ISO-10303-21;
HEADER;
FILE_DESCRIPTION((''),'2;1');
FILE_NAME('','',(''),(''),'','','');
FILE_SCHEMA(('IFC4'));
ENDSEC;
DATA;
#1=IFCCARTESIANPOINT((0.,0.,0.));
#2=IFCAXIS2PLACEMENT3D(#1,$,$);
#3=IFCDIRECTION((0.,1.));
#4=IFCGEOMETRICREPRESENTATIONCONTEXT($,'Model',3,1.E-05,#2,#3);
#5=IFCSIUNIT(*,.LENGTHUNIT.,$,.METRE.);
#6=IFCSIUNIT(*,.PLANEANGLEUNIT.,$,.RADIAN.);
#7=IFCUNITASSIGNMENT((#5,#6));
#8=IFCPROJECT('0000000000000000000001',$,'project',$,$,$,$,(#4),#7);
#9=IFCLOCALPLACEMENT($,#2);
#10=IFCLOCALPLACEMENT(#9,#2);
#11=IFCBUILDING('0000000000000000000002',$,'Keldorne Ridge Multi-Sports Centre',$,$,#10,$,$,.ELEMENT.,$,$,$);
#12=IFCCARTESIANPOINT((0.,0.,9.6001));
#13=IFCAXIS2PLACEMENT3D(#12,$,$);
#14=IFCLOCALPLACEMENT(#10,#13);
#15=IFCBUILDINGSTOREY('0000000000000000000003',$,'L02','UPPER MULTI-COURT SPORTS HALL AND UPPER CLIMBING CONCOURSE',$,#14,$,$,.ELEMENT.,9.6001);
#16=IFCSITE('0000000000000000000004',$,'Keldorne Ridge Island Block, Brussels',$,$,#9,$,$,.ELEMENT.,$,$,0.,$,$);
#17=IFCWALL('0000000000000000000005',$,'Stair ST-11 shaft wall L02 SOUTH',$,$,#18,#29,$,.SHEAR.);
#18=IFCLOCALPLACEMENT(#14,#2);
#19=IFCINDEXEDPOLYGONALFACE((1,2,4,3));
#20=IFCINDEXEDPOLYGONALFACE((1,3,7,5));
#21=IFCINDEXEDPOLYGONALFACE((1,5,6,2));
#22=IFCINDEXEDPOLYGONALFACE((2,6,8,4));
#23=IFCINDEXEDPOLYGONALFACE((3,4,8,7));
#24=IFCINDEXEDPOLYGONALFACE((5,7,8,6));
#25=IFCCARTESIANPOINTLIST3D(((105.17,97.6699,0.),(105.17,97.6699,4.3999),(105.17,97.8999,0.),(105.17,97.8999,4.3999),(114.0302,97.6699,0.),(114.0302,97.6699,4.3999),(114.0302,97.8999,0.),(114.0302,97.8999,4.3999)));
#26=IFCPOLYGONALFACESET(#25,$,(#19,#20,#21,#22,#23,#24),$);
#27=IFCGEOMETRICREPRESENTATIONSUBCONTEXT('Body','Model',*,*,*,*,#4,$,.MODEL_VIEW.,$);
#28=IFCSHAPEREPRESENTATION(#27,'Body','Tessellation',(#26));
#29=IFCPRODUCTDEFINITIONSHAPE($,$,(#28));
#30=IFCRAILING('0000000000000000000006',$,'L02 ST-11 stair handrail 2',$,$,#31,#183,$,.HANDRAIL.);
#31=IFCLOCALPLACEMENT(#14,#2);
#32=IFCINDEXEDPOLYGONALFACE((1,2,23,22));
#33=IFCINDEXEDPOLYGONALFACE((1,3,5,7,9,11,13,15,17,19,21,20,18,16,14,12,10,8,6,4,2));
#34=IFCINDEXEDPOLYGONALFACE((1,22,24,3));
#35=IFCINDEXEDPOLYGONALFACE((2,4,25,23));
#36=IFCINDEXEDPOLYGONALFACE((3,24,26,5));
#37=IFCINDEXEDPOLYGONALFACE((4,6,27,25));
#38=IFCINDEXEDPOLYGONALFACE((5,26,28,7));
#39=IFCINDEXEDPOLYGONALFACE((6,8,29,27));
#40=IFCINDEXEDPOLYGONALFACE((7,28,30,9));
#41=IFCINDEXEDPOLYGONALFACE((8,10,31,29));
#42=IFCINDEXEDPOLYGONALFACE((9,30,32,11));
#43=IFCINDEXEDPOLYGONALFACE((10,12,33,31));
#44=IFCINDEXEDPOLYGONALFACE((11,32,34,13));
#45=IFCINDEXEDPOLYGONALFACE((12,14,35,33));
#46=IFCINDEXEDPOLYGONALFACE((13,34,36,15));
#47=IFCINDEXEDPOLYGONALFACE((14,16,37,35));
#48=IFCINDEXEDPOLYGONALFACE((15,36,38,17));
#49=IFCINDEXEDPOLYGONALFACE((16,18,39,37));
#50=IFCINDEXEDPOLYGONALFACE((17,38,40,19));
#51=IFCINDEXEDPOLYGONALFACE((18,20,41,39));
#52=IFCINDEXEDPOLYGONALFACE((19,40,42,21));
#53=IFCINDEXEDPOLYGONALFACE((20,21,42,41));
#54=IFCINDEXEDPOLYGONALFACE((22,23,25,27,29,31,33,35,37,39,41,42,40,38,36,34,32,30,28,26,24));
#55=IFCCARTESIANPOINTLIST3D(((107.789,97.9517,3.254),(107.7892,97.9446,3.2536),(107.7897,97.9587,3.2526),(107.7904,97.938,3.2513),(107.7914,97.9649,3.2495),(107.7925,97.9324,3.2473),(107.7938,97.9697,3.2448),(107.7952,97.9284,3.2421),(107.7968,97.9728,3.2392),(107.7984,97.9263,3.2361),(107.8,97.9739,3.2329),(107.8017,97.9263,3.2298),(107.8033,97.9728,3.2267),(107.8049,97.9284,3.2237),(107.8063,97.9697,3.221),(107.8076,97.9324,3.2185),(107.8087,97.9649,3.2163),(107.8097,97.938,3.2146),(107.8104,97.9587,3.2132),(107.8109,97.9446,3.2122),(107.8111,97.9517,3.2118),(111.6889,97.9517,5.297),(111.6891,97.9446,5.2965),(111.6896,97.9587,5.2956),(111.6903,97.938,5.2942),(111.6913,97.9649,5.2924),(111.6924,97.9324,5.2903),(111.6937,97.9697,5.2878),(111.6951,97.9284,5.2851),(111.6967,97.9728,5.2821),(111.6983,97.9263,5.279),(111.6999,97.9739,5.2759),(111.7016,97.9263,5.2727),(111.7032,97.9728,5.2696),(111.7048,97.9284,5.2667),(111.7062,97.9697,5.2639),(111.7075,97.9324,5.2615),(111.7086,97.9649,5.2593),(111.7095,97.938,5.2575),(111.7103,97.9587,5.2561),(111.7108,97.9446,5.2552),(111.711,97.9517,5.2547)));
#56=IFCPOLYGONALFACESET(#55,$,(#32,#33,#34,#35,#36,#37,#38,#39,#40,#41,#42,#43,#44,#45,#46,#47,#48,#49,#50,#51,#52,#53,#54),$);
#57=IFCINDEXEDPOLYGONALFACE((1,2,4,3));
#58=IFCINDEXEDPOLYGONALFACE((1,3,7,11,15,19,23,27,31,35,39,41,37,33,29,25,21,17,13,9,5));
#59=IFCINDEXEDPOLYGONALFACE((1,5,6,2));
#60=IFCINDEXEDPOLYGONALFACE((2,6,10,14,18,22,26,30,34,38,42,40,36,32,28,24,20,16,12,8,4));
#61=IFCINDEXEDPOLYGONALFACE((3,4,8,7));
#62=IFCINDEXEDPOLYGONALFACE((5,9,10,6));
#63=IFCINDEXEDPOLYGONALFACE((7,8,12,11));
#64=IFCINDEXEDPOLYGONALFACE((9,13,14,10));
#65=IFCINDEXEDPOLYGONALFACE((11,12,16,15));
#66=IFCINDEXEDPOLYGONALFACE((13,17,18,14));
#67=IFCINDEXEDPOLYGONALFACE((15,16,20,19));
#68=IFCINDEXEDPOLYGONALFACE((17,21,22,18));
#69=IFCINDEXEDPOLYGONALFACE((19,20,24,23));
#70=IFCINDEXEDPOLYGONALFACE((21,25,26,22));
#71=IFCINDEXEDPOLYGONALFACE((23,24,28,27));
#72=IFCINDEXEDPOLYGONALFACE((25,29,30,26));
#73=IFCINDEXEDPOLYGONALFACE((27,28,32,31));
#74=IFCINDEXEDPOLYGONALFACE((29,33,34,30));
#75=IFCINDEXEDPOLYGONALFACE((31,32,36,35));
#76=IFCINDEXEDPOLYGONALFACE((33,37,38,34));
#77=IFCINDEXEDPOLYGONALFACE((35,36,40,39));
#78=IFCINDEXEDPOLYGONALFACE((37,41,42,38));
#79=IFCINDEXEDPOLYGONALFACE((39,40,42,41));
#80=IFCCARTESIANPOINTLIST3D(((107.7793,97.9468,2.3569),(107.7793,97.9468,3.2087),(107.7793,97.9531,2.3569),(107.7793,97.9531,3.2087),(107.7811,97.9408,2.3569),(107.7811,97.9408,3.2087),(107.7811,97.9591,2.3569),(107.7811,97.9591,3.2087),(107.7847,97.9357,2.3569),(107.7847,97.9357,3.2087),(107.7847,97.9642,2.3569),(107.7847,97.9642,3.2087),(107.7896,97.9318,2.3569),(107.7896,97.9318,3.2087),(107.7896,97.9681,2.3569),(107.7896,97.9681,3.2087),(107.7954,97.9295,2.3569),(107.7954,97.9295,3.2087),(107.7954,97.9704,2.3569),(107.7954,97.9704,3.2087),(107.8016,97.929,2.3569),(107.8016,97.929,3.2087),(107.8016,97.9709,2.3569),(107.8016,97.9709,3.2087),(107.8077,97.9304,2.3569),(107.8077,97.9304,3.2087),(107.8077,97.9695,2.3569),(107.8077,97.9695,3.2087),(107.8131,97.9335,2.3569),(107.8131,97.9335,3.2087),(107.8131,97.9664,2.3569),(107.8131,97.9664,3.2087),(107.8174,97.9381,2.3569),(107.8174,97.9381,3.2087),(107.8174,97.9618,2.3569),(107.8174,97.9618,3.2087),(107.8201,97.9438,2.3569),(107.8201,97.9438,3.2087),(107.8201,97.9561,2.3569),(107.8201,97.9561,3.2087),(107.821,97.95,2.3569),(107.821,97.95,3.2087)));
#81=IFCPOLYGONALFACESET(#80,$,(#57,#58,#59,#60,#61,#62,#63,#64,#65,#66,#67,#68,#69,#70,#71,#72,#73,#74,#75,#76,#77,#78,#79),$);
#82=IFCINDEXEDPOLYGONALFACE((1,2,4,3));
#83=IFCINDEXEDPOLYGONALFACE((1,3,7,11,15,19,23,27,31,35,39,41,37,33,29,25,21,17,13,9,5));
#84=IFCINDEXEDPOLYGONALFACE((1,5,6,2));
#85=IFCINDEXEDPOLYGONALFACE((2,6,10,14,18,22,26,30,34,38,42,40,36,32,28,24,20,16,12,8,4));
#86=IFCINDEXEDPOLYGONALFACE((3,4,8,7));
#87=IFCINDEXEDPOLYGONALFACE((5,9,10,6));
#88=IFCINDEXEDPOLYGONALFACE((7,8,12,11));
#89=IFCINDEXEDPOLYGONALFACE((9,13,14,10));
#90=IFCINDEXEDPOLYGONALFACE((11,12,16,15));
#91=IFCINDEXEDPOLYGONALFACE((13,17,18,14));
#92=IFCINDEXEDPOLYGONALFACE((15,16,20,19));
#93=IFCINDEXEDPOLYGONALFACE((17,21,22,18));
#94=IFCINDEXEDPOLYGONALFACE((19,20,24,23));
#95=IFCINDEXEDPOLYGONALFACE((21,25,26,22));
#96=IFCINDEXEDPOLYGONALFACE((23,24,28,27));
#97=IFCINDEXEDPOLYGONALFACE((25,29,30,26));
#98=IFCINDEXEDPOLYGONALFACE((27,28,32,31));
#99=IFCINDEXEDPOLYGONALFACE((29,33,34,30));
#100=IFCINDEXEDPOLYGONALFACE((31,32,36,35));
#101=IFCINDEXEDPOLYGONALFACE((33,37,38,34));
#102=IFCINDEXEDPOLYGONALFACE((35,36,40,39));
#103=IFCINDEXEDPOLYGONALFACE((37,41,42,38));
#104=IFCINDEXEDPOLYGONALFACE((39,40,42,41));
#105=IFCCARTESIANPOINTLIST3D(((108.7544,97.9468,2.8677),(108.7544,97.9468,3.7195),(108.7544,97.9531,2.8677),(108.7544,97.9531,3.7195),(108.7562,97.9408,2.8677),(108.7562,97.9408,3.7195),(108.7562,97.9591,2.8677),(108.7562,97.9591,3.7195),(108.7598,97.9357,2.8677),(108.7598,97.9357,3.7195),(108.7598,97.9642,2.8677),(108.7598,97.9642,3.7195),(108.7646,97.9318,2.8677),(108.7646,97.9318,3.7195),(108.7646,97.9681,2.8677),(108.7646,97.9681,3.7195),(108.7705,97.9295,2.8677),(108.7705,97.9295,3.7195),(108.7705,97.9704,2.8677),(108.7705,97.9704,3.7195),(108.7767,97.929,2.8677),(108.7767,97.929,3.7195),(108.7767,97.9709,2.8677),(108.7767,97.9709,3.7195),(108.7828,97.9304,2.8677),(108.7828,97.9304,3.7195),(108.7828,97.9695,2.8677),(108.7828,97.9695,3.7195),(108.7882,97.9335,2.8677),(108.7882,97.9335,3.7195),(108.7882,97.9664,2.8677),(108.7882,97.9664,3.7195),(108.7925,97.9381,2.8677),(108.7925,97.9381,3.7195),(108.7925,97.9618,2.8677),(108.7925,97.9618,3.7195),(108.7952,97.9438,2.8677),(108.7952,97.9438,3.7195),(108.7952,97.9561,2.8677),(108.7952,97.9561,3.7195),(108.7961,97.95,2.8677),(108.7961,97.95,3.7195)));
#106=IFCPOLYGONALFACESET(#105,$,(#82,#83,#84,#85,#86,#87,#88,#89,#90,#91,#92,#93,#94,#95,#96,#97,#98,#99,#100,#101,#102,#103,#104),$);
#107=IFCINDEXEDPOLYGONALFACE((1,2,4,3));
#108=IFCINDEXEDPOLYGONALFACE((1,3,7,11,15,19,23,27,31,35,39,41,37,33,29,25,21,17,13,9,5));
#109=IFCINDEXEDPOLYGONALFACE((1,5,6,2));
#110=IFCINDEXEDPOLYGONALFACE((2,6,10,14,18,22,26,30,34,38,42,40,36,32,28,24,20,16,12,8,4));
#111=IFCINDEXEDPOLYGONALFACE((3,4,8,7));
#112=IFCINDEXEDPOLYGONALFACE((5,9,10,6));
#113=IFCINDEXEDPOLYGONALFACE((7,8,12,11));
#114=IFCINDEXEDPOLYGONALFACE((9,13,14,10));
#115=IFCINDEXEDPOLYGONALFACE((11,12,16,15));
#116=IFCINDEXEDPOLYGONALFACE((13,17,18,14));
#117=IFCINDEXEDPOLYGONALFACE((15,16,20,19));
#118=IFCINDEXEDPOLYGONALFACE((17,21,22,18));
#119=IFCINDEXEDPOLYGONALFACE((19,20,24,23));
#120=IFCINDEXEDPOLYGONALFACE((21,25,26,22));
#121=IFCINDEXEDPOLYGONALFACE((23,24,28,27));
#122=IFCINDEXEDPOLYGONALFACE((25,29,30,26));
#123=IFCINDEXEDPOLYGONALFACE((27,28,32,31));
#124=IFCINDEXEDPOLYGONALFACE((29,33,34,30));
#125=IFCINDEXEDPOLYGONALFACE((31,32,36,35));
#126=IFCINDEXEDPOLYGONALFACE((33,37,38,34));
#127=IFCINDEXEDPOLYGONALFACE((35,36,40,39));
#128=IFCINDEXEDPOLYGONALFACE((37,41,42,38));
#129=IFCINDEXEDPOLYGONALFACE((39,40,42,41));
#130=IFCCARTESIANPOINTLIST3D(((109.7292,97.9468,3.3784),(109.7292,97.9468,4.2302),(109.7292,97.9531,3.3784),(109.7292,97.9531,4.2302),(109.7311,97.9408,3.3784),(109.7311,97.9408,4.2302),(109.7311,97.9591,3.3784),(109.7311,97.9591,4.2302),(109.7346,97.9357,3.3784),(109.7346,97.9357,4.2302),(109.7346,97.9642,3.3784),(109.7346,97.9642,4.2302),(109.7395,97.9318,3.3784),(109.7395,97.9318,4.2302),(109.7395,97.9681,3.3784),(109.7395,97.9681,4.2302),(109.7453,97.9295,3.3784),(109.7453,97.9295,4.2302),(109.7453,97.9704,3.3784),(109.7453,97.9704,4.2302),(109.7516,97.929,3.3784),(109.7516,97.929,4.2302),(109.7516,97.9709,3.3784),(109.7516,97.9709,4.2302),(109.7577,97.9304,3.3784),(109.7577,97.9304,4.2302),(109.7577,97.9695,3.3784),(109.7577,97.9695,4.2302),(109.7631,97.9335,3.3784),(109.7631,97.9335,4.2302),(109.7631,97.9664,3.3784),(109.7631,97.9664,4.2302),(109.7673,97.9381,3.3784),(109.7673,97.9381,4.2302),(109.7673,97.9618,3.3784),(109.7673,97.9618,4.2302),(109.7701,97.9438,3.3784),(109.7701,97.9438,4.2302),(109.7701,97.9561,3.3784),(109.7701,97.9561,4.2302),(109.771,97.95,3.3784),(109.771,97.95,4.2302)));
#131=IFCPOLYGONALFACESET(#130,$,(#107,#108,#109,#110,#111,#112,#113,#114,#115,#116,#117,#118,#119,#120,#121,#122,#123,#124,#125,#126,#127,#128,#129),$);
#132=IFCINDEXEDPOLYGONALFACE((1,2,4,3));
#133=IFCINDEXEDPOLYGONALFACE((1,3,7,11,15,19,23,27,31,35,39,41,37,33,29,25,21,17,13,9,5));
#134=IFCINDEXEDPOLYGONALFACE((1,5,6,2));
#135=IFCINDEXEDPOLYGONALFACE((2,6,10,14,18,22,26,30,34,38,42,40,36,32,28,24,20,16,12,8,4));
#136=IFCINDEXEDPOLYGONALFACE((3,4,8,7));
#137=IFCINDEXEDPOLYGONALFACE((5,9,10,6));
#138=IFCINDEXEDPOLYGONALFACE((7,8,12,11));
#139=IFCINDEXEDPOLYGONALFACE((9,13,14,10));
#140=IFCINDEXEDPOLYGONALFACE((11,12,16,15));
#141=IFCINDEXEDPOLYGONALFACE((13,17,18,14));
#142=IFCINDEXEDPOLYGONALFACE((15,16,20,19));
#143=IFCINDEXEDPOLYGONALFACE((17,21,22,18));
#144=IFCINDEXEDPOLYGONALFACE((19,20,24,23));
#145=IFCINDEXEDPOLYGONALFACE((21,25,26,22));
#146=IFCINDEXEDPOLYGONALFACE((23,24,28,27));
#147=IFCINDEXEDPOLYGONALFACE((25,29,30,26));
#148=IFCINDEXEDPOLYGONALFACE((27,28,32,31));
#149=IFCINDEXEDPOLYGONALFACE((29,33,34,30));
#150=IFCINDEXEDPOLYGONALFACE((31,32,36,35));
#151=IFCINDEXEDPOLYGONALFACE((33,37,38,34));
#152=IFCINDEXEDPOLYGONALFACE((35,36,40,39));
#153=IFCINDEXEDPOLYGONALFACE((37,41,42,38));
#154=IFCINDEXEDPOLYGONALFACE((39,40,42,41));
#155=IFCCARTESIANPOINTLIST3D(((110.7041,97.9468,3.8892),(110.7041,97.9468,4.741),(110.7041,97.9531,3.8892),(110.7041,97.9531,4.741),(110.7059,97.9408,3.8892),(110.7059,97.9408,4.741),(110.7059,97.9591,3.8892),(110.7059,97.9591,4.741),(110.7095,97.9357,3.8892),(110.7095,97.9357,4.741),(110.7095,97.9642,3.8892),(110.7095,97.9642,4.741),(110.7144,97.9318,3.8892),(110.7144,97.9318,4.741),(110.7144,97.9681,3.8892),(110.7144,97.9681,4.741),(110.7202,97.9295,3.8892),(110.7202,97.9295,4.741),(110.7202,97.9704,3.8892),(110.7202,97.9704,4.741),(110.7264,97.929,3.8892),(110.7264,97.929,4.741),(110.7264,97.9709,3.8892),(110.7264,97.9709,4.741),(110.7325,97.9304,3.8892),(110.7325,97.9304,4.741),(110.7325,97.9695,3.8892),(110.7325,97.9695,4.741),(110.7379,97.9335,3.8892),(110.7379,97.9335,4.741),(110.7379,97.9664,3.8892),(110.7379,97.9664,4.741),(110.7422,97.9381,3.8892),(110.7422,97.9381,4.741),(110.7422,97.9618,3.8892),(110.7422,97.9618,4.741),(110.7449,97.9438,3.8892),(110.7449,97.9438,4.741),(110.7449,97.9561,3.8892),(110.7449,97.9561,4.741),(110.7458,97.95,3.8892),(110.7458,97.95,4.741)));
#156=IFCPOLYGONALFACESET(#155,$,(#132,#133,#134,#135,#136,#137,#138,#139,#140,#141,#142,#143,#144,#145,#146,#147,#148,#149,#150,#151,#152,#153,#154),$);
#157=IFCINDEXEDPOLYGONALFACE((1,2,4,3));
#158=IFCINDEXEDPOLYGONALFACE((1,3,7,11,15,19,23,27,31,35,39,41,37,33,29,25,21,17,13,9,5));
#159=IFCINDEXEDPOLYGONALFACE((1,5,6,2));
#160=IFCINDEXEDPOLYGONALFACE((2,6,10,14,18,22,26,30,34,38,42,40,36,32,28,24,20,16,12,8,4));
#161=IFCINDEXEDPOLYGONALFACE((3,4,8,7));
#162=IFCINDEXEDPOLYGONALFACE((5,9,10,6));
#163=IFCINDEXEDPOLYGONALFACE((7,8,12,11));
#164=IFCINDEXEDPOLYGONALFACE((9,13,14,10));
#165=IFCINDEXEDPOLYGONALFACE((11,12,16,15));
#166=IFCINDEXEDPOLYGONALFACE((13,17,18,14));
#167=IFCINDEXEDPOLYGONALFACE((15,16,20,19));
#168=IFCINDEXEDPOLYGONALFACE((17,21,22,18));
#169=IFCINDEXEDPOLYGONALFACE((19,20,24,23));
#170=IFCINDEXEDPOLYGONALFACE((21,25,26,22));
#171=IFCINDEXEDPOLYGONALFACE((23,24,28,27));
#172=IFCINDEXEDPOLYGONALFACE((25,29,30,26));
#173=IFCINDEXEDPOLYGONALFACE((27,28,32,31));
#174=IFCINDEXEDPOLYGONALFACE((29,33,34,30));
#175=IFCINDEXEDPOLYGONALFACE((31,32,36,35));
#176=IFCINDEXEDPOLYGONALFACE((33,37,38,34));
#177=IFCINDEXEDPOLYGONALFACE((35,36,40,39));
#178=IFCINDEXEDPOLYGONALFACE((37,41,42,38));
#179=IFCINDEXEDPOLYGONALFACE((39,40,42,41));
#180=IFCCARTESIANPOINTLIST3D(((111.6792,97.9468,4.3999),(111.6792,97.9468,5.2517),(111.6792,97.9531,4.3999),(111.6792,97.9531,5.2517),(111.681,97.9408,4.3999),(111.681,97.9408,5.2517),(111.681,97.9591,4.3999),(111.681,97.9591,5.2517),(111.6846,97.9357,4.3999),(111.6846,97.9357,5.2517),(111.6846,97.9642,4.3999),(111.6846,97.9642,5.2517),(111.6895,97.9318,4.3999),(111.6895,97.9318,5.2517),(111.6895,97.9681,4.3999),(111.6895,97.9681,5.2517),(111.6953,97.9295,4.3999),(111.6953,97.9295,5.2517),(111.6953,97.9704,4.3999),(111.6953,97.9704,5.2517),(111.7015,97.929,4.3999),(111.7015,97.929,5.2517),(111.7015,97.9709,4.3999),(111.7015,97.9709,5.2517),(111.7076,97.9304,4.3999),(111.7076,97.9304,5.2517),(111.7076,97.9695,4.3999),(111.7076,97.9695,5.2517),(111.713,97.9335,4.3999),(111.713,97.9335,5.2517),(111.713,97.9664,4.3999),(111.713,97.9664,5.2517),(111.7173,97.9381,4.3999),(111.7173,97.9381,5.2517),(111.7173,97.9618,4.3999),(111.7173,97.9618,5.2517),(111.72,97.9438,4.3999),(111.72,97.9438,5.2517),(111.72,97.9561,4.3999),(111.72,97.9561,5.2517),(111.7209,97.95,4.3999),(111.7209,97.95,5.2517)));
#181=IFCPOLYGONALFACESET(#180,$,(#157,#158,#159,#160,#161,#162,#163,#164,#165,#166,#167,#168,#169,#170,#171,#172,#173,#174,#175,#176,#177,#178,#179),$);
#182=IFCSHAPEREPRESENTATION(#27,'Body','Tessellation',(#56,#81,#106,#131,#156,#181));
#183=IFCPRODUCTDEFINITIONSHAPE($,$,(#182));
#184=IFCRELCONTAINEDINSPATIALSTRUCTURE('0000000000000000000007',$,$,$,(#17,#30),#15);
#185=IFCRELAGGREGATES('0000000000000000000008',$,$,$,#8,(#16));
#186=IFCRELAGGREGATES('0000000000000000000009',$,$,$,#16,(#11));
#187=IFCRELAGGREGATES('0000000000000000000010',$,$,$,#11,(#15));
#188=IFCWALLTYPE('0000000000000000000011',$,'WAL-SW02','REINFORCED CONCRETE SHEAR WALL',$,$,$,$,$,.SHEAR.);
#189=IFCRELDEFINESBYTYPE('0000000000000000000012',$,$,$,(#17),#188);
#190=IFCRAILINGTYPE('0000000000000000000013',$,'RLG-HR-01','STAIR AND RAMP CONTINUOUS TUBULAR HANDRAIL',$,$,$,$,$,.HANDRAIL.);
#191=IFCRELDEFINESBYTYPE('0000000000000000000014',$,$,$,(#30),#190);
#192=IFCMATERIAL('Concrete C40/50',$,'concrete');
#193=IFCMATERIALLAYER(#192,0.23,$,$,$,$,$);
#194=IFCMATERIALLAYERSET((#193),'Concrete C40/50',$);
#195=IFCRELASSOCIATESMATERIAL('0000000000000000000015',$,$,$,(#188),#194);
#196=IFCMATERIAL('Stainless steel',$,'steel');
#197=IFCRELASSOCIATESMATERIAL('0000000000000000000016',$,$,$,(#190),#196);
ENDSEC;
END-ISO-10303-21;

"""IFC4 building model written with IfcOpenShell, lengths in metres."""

from ifc_helpers import new_model, si_unit, direction, frame, frame_2d, origin, origin_2d, place, context, subcontext, project, spatial, rectangle, circle, extrude, material, layer, layer_set, type_object, element, save


model = new_model("IFC4")

# Units and contexts
model_context = context("Model", 3, precision=1e-05, world=origin(), true_north=direction((0.0, 1.0)))
body_context = subcontext(model_context, "Body", "Model", "MODEL_VIEW")
ifc_project = project(units=[si_unit("LENGTHUNIT", "METRE"), si_unit("PLANEANGLEUNIT", "RADIAN")], contexts=[model_context])

# Site, building, storey
site_placement = place(None, origin())
site = spatial("IfcSite", under=ifc_project, at=site_placement, Name="Keldorne Ridge Island Block, Brussels", CompositionType="ELEMENT", RefElevation=0.0)
building_placement = place(site_placement, origin())
building = spatial("IfcBuilding", under=site, at=building_placement, Name="Keldorne Ridge Multi-Sports Centre", CompositionType="ELEMENT")
storey_placement = place(building_placement, frame((0.0, 0.0, 9.6001)))
storey = spatial("IfcBuildingStorey", under=building, at=storey_placement, Name="L02", Description="UPPER MULTI-COURT SPORTS HALL AND UPPER CLIMBING CONCOURSE", CompositionType="ELEMENT", Elevation=9.6001)

# Wall
ifc_material_1 = material(Name="Concrete C40/50", Category="concrete")
ifc_layer_1 = layer(ifc_material_1, 0.23)
ifc_layer_set_1 = layer_set([ifc_layer_1], Name="Concrete C40/50")
wall_type_1 = type_object("IfcWallType", Name="WAL-SW02", Description="REINFORCED CONCRETE SHEAR WALL", PredefinedType="SHEAR", material=ifc_layer_set_1)
wall_1_placement = place(storey_placement, frame((105.1699, 97.7849, 0.0), z_axis=(0.0, 0.0, 1.0), x_axis=(1.0, 0.0, 0.0)))
element("IfcWall", 1, at=wall_1_placement, inside=storey, type_object=wall_type_1, Name="Stair ST-11 shaft wall L02 SOUTH", PredefinedType="SHEAR", context=body_context, shape_type="SweptSolid", body=[
    extrude(rectangle(XDim=8.8601, YDim=0.23, at=frame_2d((4.4302, 0.0))), origin(), (0.0, 0.0, 1.0), 4.3999),
])

# Railing
ifc_material_2 = material(Name="Stainless steel", Category="steel")
railing_type = type_object("IfcRailingType", Name="RLG-HR-01", Description="STAIR AND RAMP CONTINUOUS TUBULAR HANDRAIL", PredefinedType="HANDRAIL", material=ifc_material_2)
railing_placement = place(storey_placement, frame((107.8, 97.95, 2.3569)))
element("IfcRailing", 2, at=railing_placement, inside=storey, type_object=railing_type, Name="L02 ST-11 stair handrail 2", PredefinedType="HANDRAIL", context=body_context, shape_type="SweptSolid", body=[
    extrude(circle(Radius=0.0239, at=origin_2d()), frame((0.0, 0.0, 0.876), z_axis=(0.885816, 0.0, 0.464036), x_axis=(0.0, 1.0, 0.0)), (0.0, 0.0, 1.0), 4.4026),
    extrude(circle(Radius=0.021, at=origin_2d()), origin(), (0.0, 0.0, 1.0), 0.8518),
    extrude(circle(Radius=0.021, at=origin_2d()), frame((0.9751, 0.0, 0.5107)), (0.0, 0.0, 1.0), 0.8518),
    extrude(circle(Radius=0.021, at=origin_2d()), frame((1.95, 0.0, 1.0215)), (0.0, 0.0, 1.0), 0.8518),
    extrude(circle(Radius=0.021, at=origin_2d()), frame((2.9248, 0.0, 1.5322)), (0.0, 0.0, 1.0), 0.8518),
    extrude(circle(Radius=0.021, at=origin_2d()), frame((3.8999, 0.0, 2.043)), (0.0, 0.0, 1.0), 0.8518),
])

save(model, "model.ifc")
